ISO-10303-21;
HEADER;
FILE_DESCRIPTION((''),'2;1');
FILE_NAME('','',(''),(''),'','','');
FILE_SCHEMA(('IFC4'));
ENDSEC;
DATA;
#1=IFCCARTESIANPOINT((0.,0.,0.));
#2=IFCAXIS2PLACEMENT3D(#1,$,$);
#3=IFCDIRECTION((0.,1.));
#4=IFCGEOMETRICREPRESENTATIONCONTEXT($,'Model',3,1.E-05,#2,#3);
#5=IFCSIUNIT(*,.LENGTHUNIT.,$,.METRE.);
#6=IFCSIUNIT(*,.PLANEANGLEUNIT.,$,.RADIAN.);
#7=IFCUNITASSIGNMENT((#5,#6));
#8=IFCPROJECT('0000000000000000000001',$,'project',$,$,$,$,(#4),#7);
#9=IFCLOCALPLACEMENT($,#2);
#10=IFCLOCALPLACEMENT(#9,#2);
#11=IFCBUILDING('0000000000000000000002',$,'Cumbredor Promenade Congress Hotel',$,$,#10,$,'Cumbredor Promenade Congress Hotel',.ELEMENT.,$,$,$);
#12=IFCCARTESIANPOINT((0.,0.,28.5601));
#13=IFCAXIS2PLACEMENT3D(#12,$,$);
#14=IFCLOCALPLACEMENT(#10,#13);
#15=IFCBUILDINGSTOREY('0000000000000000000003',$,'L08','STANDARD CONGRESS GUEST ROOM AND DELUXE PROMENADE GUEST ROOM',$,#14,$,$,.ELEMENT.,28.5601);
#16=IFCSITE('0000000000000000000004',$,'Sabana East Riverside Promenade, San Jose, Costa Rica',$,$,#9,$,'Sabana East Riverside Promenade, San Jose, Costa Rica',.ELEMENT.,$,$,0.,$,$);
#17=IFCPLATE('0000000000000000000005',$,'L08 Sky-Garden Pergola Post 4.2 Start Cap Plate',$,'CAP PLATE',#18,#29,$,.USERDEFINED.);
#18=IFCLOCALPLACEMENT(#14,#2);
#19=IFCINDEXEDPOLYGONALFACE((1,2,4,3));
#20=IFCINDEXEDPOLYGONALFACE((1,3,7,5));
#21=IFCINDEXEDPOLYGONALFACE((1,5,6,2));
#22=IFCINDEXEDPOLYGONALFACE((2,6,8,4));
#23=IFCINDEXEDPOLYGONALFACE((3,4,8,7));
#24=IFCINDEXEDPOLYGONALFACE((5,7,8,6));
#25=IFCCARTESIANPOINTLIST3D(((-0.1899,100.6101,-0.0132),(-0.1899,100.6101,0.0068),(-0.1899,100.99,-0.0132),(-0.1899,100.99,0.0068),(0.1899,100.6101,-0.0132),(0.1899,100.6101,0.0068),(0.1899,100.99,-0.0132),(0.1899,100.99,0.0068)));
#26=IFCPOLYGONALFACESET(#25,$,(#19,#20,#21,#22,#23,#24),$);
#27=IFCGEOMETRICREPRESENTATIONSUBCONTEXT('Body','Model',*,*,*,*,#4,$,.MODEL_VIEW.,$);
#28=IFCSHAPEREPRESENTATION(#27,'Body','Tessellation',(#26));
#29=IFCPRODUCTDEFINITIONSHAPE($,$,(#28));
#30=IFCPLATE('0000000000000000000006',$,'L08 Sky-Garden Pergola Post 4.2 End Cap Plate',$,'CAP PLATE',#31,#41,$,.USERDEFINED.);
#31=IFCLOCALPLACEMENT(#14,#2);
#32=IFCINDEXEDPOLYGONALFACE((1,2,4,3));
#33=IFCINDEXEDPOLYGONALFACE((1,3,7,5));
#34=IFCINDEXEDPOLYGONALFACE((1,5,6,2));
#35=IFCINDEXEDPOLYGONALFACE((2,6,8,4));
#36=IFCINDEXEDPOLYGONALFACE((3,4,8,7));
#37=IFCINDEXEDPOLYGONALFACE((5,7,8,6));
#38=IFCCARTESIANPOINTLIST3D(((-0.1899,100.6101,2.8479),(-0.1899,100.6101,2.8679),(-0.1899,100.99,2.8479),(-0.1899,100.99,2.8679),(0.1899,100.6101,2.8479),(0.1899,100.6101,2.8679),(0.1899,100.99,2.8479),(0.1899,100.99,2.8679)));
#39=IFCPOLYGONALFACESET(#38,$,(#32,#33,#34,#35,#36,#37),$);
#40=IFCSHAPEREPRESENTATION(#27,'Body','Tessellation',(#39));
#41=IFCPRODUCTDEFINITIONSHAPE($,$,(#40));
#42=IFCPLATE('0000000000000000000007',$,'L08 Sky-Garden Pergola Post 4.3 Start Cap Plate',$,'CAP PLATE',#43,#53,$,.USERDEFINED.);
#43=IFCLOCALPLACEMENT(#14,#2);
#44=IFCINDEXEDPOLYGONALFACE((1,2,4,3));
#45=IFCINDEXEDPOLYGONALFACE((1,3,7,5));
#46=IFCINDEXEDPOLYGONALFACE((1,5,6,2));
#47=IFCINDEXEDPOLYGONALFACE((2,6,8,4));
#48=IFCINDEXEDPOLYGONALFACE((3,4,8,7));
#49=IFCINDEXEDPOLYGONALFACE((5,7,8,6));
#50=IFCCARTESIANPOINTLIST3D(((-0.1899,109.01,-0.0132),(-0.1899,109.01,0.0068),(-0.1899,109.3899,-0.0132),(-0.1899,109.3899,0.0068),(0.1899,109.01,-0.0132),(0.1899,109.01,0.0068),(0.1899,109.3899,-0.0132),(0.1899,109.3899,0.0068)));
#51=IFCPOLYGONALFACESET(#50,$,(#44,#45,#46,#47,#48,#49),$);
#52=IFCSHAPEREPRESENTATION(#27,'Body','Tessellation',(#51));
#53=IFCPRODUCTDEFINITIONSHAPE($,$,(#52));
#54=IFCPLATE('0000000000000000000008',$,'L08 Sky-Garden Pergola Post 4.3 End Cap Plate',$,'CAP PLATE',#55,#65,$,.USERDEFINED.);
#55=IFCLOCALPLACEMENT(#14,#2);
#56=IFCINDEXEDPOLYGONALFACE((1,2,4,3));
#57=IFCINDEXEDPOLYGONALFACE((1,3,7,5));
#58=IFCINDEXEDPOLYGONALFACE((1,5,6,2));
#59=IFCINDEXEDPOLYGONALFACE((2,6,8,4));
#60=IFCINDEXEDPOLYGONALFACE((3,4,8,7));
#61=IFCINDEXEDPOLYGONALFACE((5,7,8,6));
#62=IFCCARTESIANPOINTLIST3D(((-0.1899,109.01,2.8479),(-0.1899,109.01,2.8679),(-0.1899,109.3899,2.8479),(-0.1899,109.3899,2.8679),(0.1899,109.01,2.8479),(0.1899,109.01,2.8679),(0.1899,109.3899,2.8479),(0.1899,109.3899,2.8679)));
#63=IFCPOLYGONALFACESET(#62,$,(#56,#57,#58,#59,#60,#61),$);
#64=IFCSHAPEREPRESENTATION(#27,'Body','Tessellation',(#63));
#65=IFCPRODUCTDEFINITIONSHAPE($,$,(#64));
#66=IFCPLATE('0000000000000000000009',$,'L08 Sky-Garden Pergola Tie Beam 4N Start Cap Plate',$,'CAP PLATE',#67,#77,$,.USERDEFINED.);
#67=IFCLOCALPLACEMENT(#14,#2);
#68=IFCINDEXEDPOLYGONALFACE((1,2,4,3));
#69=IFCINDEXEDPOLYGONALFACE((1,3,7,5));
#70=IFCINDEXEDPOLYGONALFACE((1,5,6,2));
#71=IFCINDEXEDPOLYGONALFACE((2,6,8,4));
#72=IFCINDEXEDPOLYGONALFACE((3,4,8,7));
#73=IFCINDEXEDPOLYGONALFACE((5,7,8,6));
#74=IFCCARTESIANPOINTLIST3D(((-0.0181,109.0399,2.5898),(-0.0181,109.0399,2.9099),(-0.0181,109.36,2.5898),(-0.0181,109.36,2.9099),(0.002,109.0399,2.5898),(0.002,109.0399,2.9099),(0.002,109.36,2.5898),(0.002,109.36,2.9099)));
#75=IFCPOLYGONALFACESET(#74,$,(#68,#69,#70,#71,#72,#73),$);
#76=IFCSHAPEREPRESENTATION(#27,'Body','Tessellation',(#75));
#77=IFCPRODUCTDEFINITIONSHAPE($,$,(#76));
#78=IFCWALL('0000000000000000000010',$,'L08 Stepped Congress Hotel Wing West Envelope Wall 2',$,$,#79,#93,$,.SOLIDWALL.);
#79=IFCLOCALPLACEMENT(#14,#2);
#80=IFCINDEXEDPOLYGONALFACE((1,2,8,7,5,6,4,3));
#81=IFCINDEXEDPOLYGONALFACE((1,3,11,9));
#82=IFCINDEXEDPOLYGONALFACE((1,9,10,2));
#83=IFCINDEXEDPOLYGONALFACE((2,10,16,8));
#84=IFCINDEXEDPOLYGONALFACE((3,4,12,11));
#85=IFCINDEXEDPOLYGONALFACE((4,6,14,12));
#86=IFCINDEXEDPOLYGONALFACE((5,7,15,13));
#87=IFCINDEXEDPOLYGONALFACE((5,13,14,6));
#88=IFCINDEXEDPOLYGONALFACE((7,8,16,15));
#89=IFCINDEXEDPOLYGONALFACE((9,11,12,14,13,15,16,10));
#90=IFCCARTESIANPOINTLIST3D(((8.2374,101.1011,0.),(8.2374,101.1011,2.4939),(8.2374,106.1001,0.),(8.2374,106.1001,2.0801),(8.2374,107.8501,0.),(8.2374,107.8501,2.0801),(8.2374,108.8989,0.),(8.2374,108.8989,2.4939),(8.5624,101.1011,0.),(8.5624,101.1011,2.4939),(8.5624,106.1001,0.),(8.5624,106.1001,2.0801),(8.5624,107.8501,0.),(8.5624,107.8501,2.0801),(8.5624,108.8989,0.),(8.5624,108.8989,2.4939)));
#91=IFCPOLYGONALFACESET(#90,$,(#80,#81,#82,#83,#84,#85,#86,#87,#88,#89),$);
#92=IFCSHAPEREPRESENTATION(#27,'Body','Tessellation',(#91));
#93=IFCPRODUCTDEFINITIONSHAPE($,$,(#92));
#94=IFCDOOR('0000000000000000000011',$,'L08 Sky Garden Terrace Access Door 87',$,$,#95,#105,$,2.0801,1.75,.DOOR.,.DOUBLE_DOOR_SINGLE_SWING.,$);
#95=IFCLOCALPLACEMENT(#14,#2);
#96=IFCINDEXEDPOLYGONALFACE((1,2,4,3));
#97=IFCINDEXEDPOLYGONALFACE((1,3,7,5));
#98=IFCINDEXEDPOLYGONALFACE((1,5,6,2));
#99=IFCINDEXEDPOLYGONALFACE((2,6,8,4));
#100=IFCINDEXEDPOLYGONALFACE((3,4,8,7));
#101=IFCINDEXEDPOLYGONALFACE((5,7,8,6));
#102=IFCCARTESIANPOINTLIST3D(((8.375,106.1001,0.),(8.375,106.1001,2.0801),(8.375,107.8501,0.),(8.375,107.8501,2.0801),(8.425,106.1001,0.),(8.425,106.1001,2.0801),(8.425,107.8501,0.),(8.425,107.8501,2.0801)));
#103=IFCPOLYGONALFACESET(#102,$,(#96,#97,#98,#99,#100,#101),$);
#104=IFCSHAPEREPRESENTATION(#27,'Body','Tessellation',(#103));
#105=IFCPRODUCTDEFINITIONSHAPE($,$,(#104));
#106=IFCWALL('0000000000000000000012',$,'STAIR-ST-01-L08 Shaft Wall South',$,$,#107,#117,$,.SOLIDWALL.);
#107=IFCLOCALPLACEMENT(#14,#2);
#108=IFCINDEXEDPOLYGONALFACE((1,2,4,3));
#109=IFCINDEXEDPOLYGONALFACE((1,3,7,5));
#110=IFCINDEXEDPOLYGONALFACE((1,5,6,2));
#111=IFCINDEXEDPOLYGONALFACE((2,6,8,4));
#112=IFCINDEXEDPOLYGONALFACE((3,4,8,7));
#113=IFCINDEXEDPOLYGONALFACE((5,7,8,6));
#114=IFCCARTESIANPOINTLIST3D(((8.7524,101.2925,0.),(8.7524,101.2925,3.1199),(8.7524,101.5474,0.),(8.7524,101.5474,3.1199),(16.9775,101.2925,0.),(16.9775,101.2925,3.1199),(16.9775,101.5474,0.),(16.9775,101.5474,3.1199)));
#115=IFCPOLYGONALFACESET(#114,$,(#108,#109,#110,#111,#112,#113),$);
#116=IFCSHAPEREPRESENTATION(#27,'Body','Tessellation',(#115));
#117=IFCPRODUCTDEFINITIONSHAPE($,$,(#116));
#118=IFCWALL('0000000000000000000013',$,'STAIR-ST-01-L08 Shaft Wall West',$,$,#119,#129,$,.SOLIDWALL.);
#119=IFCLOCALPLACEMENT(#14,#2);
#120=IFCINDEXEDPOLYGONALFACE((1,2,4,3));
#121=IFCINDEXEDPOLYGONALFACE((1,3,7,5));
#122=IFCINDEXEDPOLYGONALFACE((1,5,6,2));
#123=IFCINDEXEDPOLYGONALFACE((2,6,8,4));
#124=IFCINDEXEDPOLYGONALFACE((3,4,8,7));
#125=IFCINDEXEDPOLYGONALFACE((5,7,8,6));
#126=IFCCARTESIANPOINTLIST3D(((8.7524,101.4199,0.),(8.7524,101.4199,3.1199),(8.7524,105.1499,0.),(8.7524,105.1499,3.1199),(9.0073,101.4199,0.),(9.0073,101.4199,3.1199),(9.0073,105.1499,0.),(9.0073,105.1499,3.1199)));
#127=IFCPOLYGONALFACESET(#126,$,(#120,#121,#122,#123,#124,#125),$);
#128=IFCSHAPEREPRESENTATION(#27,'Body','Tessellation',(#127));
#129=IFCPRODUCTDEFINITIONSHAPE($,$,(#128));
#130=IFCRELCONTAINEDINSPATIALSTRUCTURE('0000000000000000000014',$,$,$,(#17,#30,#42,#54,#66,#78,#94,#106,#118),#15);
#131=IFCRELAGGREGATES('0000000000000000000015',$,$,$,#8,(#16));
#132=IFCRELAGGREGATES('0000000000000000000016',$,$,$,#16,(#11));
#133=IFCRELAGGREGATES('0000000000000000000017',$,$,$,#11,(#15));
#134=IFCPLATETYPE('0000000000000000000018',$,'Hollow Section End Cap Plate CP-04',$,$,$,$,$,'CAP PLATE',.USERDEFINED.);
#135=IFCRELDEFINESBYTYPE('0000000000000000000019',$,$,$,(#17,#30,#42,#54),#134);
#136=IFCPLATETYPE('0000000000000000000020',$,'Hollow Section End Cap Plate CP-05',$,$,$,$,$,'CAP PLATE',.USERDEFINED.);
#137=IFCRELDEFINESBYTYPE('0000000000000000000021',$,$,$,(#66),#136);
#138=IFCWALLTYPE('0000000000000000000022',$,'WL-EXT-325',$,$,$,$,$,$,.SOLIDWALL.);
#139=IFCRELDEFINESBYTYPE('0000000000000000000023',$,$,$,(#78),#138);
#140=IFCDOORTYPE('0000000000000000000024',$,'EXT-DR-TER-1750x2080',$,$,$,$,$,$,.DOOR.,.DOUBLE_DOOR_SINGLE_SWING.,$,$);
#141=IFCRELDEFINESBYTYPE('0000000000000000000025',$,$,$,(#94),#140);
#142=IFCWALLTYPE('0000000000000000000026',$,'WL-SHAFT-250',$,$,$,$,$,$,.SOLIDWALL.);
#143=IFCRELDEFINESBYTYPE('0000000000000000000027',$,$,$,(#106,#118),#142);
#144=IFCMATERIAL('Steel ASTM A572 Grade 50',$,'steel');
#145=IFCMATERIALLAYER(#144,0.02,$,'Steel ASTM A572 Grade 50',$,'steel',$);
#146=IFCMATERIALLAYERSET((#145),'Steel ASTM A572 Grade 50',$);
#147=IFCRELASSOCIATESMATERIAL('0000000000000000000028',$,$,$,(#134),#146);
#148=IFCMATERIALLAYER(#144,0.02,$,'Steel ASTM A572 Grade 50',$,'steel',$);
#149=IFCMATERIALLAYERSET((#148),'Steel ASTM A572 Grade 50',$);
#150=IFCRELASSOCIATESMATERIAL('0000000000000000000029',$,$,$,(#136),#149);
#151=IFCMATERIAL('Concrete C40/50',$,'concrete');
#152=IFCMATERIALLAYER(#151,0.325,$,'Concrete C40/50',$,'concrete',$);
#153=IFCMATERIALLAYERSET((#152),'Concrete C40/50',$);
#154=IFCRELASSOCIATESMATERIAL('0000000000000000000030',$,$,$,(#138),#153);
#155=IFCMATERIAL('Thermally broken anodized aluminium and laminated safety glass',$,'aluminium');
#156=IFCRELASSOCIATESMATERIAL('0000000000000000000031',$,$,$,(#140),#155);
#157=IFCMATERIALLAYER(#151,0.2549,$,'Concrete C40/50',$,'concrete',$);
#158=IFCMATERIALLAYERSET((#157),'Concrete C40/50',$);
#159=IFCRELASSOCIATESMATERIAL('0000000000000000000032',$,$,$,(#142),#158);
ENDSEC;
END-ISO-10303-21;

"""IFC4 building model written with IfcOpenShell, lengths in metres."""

from ifc_helpers import new_model, si_unit, direction, frame, frame_2d, origin, origin_2d, place, context, subcontext, project, spatial, rectangle, extrude, material, layer, layer_set, type_object, element, fill, save


model = new_model("IFC4")

# Units and contexts
model_context = context("Model", 3, precision=1e-05, world=origin(), true_north=direction((0.0, 1.0)))
body_context = subcontext(model_context, "Body", "Model", "MODEL_VIEW")
ifc_project = project(units=[si_unit("LENGTHUNIT", "METRE"), si_unit("PLANEANGLEUNIT", "RADIAN")], contexts=[model_context])

# Site, building, storey
site_placement = place(None, origin())
site = spatial("IfcSite", under=ifc_project, at=site_placement, Name="Sabana East Riverside Promenade, San Jose, Costa Rica", LongName="Sabana East Riverside Promenade, San Jose, Costa Rica", CompositionType="ELEMENT", RefElevation=0.0)
building_placement = place(site_placement, origin())
building = spatial("IfcBuilding", under=site, at=building_placement, Name="Cumbredor Promenade Congress Hotel", LongName="Cumbredor Promenade Congress Hotel", CompositionType="ELEMENT")
storey_placement = place(building_placement, frame((0.0, 0.0, 28.5601)))
storey = spatial("IfcBuildingStorey", under=building, at=storey_placement, Name="L08", Description="STANDARD CONGRESS GUEST ROOM AND DELUXE PROMENADE GUEST ROOM", CompositionType="ELEMENT", Elevation=28.5601)

# Shared definitions
ifc_material_1 = material(Name="Concrete C40/50", Category="concrete")

# Plates
ifc_material_2 = material(Name="Steel ASTM A572 Grade 50", Category="steel")
ifc_layer_1 = layer(ifc_material_2, 0.02, Name="Steel ASTM A572 Grade 50", Category="steel")
ifc_layer_set_1 = layer_set([ifc_layer_1], Name="Steel ASTM A572 Grade 50")
plate_type_1 = type_object("IfcPlateType", Name="Hollow Section End Cap Plate CP-04", ElementType="CAP PLATE", PredefinedType="USERDEFINED", material=ifc_layer_set_1)
for number, where, z_axis, x_axis, name in (
    (1, (0.0, 100.8, -0.0132), (0.0, 0.0, 1.0), (1.0, 0.0, 0.0), "L08 Sky-Garden Pergola Post 4.2 Start Cap Plate"),
    (2, (0.0, 100.8, 2.8479), (0.0, 0.0, 1.0), (1.0, 0.0, 0.0), "L08 Sky-Garden Pergola Post 4.2 End Cap Plate"),
    (3, (0.0, 109.2, -0.0132), (0.0, 0.0, 1.0), (1.0, 0.0, 0.0), "L08 Sky-Garden Pergola Post 4.3 Start Cap Plate"),
    (4, (0.0, 109.2, 2.8479), (0.0, 0.0, 1.0), (1.0, 0.0, 0.0), "L08 Sky-Garden Pergola Post 4.3 End Cap Plate"),
):
    element("IfcPlate", number, at=place(storey_placement, frame(where, z_axis=z_axis, x_axis=x_axis)), inside=storey, type_object=plate_type_1, Name=name, ObjectType="CAP PLATE", PredefinedType="USERDEFINED", context=body_context, shape_type="SweptSolid", body=[
        extrude(rectangle(XDim=0.3799, YDim=0.3799, at=origin_2d()), origin(), (0.0, 0.0, 1.0), 0.02),
    ])
ifc_layer_2 = layer(ifc_material_2, 0.02, Name="Steel ASTM A572 Grade 50", Category="steel")
ifc_layer_set_2 = layer_set([ifc_layer_2], Name="Steel ASTM A572 Grade 50")
plate_type_2 = type_object("IfcPlateType", Name="Hollow Section End Cap Plate CP-05", ElementType="CAP PLATE", PredefinedType="USERDEFINED", material=ifc_layer_set_2)
plate_placement = place(storey_placement, frame((-0.0081, 109.2, 2.5898), z_axis=(0.0, 0.0, 1.0), x_axis=(1.0, 0.0, 0.0)))
element("IfcPlate", 5, at=plate_placement, inside=storey, type_object=plate_type_2, Name="L08 Sky-Garden Pergola Tie Beam 4N Start Cap Plate", ObjectType="CAP PLATE", PredefinedType="USERDEFINED", context=body_context, shape_type="SweptSolid", body=[
    extrude(rectangle(XDim=0.02, YDim=0.3201, at=origin_2d()), origin(), (0.0, 0.0, 1.0), 0.3201),
])

# Wall, opening, door
ifc_layer_3 = layer(ifc_material_1, 0.325, Name="Concrete C40/50", Category="concrete")
ifc_layer_set_3 = layer_set([ifc_layer_3], Name="Concrete C40/50")
wall_type_1 = type_object("IfcWallType", Name="WL-EXT-325", PredefinedType="SOLIDWALL", material=ifc_layer_set_3)
wall_1_placement = place(storey_placement, frame((8.3999, 101.1011, 0.0), z_axis=(0.0, 0.0, 1.0), x_axis=(0.0, 1.0, 0.0)))
wall_1 = element("IfcWall", 6, at=wall_1_placement, inside=storey, type_object=wall_type_1, Name="L08 Stepped Congress Hotel Wing West Envelope Wall 2", PredefinedType="SOLIDWALL", context=body_context, shape_type="SweptSolid", body=[
    extrude(rectangle(XDim=7.7979, YDim=0.325, at=frame_2d((3.8989, 0.0))), origin(), (0.0, 0.0, 1.0), 2.4939),
])
opening_1_placement = place(wall_1_placement, frame((4.999, 0.0, 0.0)))
opening_1 = element("IfcOpeningElement", 7, at=opening_1_placement, cuts=wall_1, PredefinedType="OPENING", context=body_context, shape_type="SweptSolid", body=[
    extrude(rectangle(XDim=1.75, YDim=2.0801, at=frame_2d((0.875, 1.04))), frame((0.0, 0.1724, 0.0), z_axis=(0.0, -1.0, 0.0), x_axis=(1.0, 0.0, 0.0)), (0.0, 0.0, 1.0), 0.345),
])
ifc_material_3 = material(Name="Thermally broken anodized aluminium and laminated safety glass", Category="aluminium")
door_type_1 = type_object("IfcDoorType", Name="EXT-DR-TER-1750x2080", OperationType="DOUBLE_DOOR_SINGLE_SWING", PredefinedType="DOOR", material=ifc_material_3)
door_1_placement = place(opening_1_placement, origin())
door_1 = element("IfcDoor", 8, at=door_1_placement, inside=storey, type_object=door_type_1, Name="L08 Sky Garden Terrace Access Door 87", OperationType="DOUBLE_DOOR_SINGLE_SWING", OverallHeight=2.0801, OverallWidth=1.75, PredefinedType="DOOR", context=body_context, shape_type="SweptSolid", body=[
    extrude(rectangle(XDim=1.75, YDim=2.0801, at=frame_2d((0.875, 1.04))), frame((0.0, 0.0249, 0.0), z_axis=(0.0, -1.0, 0.0), x_axis=(1.0, 0.0, 0.0)), (0.0, 0.0, 1.0), 0.05),
])
fill(opening_1, door_1)

# Wall
ifc_layer_4 = layer(ifc_material_1, 0.2549, Name="Concrete C40/50", Category="concrete")
ifc_layer_set_4 = layer_set([ifc_layer_4], Name="Concrete C40/50")
wall_type_2 = type_object("IfcWallType", Name="WL-SHAFT-250", PredefinedType="SOLIDWALL", material=ifc_layer_set_4)
wall_2_placement = place(storey_placement, frame((8.7524, 101.4199, 0.0), z_axis=(0.0, 0.0, 1.0), x_axis=(1.0, 0.0, 0.0)))
element("IfcWall", 9, at=wall_2_placement, inside=storey, type_object=wall_type_2, Name="STAIR-ST-01-L08 Shaft Wall South", PredefinedType="SOLIDWALL", context=body_context, shape_type="SweptSolid", body=[
    extrude(rectangle(XDim=8.2251, YDim=0.2549, at=frame_2d((4.1125, 0.0))), origin(), (0.0, 0.0, 1.0), 3.1199),
])

# Wall
wall_3_placement = place(storey_placement, frame((8.8799, 101.4199, 0.0), z_axis=(0.0, 0.0, 1.0), x_axis=(0.0, 1.0, 0.0)))
element("IfcWall", 10, at=wall_3_placement, inside=storey, type_object=wall_type_2, Name="STAIR-ST-01-L08 Shaft Wall West", PredefinedType="SOLIDWALL", context=body_context, shape_type="SweptSolid", body=[
    extrude(rectangle(XDim=3.73, YDim=0.2549, at=frame_2d((1.865, 0.0))), origin(), (0.0, 0.0, 1.0), 3.1199),
])

save(model, "model.ifc")
